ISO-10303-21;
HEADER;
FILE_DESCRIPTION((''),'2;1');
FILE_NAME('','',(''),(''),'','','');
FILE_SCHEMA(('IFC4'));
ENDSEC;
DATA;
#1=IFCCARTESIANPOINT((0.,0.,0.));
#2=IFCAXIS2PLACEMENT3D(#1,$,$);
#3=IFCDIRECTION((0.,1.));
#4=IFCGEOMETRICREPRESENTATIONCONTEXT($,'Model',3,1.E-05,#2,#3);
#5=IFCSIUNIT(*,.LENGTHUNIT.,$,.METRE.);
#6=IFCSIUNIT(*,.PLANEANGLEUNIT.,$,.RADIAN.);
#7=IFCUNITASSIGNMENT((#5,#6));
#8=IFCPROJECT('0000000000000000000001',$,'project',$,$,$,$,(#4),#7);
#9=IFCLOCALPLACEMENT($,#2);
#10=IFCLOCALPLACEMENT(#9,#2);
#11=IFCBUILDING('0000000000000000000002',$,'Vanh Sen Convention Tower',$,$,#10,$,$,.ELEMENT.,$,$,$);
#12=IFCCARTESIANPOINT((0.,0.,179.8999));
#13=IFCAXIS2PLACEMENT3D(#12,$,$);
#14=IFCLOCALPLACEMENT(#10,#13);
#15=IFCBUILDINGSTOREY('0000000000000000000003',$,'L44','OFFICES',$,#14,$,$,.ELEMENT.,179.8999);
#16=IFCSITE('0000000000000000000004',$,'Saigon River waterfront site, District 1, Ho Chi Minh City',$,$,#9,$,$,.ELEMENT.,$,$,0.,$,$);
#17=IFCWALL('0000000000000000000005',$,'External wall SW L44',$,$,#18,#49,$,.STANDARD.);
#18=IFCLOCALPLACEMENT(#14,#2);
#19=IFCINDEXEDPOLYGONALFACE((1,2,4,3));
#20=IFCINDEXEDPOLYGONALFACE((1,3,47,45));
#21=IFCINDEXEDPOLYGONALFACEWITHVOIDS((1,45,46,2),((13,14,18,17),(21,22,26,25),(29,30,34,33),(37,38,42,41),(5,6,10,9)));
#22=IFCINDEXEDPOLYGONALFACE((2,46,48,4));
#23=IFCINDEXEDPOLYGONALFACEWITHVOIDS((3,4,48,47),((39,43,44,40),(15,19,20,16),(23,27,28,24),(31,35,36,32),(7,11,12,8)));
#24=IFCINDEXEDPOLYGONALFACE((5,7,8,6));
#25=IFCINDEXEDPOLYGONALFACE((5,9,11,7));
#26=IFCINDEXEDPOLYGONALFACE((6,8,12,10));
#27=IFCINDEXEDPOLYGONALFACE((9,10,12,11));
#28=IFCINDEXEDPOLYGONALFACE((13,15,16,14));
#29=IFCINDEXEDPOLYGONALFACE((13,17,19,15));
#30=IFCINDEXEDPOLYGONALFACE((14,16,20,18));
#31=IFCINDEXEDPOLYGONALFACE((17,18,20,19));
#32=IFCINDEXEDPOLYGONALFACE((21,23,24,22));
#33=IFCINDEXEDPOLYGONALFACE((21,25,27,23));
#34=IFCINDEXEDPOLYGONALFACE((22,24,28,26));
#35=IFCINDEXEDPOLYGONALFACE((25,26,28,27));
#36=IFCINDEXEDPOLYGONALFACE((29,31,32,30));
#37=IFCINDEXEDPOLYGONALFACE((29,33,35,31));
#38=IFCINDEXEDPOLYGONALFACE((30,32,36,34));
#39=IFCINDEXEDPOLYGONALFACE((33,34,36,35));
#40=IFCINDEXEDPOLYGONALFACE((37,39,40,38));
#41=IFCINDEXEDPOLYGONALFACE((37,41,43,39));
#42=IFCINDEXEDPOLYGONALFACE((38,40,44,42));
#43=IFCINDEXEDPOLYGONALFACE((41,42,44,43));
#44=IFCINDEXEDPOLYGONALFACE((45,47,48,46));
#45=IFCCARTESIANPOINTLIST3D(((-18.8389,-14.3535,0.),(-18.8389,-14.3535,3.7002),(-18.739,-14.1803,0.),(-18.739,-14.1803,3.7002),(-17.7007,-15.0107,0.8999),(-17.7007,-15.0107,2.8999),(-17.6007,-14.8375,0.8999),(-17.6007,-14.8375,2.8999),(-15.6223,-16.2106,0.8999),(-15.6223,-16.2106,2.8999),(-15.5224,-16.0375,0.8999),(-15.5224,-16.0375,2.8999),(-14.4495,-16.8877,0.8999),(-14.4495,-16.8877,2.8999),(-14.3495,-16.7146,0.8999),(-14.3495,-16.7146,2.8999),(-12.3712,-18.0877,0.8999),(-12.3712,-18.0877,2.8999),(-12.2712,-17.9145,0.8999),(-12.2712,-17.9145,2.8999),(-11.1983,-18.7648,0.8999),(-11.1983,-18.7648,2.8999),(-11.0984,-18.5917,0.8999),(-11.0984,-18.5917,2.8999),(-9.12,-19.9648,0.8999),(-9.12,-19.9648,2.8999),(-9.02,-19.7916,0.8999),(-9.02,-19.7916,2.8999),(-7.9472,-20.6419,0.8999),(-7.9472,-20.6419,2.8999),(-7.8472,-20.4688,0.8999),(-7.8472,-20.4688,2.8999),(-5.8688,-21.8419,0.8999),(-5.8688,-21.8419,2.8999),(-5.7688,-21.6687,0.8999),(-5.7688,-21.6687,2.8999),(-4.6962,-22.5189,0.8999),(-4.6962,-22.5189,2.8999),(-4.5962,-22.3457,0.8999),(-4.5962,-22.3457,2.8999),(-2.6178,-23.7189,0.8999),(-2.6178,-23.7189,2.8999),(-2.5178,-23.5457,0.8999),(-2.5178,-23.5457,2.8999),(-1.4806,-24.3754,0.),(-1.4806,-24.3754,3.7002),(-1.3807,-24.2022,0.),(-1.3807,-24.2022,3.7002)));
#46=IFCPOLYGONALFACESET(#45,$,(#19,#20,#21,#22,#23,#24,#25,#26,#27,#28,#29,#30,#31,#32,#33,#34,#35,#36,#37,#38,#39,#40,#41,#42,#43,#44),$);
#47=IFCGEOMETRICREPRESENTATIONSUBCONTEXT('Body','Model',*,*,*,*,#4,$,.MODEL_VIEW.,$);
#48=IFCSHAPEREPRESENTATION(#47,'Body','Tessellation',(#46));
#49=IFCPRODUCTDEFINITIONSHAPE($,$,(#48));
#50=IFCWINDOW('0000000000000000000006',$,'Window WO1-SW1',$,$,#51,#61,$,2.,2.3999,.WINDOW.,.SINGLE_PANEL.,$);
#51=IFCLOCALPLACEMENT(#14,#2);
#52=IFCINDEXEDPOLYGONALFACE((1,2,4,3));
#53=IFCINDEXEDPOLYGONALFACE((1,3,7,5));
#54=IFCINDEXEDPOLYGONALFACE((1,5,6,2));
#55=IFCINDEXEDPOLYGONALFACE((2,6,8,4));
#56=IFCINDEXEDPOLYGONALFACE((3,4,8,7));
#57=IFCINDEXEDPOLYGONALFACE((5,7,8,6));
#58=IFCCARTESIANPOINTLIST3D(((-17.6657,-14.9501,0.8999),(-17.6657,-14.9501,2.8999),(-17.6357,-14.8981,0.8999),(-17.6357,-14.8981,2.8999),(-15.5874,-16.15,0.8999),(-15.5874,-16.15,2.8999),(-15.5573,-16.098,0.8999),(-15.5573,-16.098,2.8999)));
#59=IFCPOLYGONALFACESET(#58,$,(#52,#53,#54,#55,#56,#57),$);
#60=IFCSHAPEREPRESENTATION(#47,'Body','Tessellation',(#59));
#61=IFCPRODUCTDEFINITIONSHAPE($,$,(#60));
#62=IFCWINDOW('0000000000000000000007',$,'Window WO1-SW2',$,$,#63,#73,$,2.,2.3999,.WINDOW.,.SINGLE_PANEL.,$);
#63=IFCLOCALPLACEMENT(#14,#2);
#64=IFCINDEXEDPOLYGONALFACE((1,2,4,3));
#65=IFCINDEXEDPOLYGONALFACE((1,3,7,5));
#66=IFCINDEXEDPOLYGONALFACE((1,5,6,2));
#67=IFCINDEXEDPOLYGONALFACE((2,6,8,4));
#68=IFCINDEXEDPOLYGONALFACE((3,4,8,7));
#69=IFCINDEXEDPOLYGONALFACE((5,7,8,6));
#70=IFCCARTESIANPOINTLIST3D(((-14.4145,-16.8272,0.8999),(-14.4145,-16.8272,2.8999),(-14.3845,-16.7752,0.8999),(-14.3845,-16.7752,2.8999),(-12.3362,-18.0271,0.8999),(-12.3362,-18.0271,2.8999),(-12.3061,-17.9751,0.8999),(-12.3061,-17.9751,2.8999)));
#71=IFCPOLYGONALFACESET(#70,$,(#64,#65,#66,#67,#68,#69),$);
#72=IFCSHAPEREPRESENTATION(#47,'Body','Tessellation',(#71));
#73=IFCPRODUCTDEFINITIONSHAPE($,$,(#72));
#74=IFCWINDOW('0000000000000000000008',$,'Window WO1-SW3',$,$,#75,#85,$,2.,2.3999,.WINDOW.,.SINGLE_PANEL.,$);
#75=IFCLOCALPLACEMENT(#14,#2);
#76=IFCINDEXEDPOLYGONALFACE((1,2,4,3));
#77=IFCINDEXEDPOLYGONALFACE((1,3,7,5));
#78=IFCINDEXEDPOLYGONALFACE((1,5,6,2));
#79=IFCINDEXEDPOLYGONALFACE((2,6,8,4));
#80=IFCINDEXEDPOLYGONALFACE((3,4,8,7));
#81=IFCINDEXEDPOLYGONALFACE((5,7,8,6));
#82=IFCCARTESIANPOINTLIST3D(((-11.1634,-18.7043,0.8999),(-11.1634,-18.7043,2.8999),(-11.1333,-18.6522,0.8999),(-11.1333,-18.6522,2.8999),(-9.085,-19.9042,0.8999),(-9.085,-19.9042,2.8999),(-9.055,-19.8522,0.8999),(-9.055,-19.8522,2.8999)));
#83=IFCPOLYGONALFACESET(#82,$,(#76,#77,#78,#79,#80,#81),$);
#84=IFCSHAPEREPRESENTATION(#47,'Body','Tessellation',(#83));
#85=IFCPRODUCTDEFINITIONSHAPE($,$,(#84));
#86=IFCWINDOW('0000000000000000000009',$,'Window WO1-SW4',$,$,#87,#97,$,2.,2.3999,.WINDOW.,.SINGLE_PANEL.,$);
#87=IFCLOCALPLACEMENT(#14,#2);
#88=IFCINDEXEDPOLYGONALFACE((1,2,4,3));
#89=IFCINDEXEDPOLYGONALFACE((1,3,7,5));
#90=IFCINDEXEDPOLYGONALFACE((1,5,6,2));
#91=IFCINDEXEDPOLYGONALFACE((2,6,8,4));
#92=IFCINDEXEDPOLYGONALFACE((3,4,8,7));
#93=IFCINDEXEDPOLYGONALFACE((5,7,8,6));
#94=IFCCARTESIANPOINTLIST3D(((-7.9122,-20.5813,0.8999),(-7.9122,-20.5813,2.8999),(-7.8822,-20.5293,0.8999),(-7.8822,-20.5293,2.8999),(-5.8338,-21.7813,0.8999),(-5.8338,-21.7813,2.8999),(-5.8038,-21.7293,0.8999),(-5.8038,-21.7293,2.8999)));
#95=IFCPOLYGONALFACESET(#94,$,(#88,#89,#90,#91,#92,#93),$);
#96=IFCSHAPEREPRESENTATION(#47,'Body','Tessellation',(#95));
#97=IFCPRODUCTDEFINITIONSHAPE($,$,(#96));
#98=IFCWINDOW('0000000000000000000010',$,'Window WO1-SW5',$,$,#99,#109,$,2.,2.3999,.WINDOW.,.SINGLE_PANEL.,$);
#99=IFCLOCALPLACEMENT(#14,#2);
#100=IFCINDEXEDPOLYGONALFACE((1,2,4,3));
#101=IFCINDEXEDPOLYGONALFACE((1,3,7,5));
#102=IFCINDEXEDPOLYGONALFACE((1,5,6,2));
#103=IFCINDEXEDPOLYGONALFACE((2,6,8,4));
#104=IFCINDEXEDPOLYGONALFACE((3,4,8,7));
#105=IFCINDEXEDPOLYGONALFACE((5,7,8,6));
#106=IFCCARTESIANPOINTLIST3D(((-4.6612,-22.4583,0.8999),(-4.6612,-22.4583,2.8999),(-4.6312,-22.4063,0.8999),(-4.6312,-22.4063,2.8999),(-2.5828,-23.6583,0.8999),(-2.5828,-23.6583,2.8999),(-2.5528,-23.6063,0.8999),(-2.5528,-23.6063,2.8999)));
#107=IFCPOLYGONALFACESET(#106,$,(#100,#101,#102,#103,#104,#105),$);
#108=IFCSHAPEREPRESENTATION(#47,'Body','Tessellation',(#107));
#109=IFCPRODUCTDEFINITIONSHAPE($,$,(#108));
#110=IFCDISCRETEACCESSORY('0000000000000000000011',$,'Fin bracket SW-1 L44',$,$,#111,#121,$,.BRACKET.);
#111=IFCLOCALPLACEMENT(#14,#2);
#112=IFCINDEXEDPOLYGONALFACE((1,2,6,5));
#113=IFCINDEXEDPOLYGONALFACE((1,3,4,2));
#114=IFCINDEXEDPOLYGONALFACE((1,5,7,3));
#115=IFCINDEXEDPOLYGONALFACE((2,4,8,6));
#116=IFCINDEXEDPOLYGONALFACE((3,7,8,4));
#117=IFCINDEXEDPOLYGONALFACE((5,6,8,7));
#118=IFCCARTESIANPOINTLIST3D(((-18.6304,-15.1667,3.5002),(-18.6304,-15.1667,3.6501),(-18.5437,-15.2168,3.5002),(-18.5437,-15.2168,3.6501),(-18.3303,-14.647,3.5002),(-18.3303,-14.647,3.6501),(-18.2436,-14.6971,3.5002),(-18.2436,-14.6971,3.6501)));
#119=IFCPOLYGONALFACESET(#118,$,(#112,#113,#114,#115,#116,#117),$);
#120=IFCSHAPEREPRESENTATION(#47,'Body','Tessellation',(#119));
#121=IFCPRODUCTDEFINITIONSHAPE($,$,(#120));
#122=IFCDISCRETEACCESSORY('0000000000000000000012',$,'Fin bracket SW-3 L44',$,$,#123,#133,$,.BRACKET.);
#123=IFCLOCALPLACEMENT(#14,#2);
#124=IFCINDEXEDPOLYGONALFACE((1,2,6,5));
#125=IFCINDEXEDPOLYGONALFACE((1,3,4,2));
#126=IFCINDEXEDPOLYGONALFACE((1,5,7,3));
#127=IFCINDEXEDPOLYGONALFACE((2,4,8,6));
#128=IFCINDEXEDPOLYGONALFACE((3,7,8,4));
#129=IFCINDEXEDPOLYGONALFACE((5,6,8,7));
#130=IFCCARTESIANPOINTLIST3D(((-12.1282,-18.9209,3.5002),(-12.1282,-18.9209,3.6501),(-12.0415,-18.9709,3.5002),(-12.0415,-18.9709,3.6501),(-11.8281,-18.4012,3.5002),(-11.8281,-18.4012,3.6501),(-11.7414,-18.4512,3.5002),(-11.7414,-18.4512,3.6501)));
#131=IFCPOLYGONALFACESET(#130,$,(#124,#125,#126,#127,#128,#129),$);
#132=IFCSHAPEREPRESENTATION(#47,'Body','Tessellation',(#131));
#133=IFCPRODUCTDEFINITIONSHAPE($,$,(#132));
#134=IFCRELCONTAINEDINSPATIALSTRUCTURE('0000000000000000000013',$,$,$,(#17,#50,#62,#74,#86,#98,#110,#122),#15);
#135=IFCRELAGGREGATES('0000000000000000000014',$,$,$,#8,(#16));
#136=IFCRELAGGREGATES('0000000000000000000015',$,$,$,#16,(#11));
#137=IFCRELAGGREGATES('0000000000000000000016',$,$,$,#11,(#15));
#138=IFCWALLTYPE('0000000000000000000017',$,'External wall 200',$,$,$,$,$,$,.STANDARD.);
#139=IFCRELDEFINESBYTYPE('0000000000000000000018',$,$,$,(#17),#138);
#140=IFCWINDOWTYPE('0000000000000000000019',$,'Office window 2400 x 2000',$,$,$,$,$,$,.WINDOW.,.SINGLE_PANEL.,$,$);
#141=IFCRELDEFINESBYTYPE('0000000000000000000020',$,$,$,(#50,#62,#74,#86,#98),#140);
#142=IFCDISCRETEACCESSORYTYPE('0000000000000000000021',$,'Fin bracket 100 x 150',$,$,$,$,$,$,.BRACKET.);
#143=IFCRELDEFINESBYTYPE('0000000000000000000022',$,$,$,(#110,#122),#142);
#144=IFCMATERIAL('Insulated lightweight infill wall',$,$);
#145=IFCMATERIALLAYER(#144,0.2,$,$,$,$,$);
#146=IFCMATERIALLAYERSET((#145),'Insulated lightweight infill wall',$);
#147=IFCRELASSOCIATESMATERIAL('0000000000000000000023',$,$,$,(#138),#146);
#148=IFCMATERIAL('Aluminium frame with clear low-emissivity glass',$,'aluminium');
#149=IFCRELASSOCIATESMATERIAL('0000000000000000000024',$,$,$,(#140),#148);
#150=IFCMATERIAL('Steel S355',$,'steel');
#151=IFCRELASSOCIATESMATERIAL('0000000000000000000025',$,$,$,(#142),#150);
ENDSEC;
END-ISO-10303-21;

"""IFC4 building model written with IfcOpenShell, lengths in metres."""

from ifc_helpers import new_model, si_unit, direction, frame, frame_2d, origin, origin_2d, place, context, subcontext, project, spatial, rectangle, extrude, material, layer, layer_set, type_object, element, fill, save


model = new_model("IFC4")

# Units and contexts
model_context = context("Model", 3, precision=1e-05, world=origin(), true_north=direction((0.0, 1.0)))
body_context = subcontext(model_context, "Body", "Model", "MODEL_VIEW")
ifc_project = project(units=[si_unit("LENGTHUNIT", "METRE"), si_unit("PLANEANGLEUNIT", "RADIAN")], contexts=[model_context])

# Site, building, storey
site_placement = place(None, origin())
site = spatial("IfcSite", under=ifc_project, at=site_placement, Name="Saigon River waterfront site, District 1, Ho Chi Minh City", CompositionType="ELEMENT", RefElevation=0.0)
building_placement = place(site_placement, origin())
building = spatial("IfcBuilding", under=site, at=building_placement, Name="Vanh Sen Convention Tower", CompositionType="ELEMENT")
storey_placement = place(building_placement, frame((0.0, 0.0, 179.8999)))
storey = spatial("IfcBuildingStorey", under=building, at=storey_placement, Name="L44", Description="OFFICES", CompositionType="ELEMENT", Elevation=179.8999)

# Wall, openings, windows
ifc_material_1 = material(Name="Insulated lightweight infill wall")
ifc_layer_1 = layer(ifc_material_1, 0.2)
ifc_layer_set_1 = layer_set([ifc_layer_1], Name="Insulated lightweight infill wall")
wall_type_1 = type_object("IfcWallType", Name="External wall 200", PredefinedType="STANDARD", material=ifc_layer_set_1)
wall_1_placement = place(storey_placement, frame((-18.7891, -14.2668, 0.0), z_axis=(0.0, 0.0, 1.0), x_axis=(0.866023, -0.500004, 0.0)))
wall_1 = element("IfcWall", 1, at=wall_1_placement, inside=storey, type_object=wall_type_1, Name="External wall SW L44", PredefinedType="STANDARD", context=body_context, shape_type="SweptSolid", body=[
    extrude(rectangle(XDim=20.0437, YDim=0.2, at=frame_2d((10.022, 0.0))), origin(), (0.0, 0.0, 1.0), 3.7002),
])
opening_1_placement = place(wall_1_placement, frame((1.3145, 0.0, 0.8999)))
opening_1 = element("IfcOpeningElement", 2, at=opening_1_placement, cuts=wall_1, PredefinedType="OPENING", context=body_context, shape_type="SweptSolid", body=[
    extrude(rectangle(XDim=2.3999, YDim=2.0, at=frame_2d((1.2, 1.0))), frame((0.0, 0.1099, 0.0), z_axis=(0.0, -1.0, 0.0), x_axis=(1.0, 0.0, 0.0)), (0.0, 0.0, 1.0), 0.22),
])
opening_2_placement = place(wall_1_placement, frame((5.0686, 0.0, 0.8999)))
opening_2 = element("IfcOpeningElement", 3, at=opening_2_placement, cuts=wall_1, PredefinedType="OPENING", context=body_context, shape_type="SweptSolid", body=[
    extrude(rectangle(XDim=2.3999, YDim=2.0, at=frame_2d((1.2, 1.0))), frame((0.0, 0.1099, 0.0), z_axis=(0.0, -1.0, 0.0), x_axis=(1.0, 0.0, 0.0)), (0.0, 0.0, 1.0), 0.22),
])
opening_3_placement = place(wall_1_placement, frame((8.8228, 0.0, 0.8999)))
opening_3 = element("IfcOpeningElement", 4, at=opening_3_placement, cuts=wall_1, PredefinedType="OPENING", context=body_context, shape_type="SweptSolid", body=[
    extrude(rectangle(XDim=2.3999, YDim=2.0, at=frame_2d((1.2, 1.0))), frame((0.0, 0.1099, 0.0), z_axis=(0.0, -1.0, 0.0), x_axis=(1.0, 0.0, 0.0)), (0.0, 0.0, 1.0), 0.22),
])
opening_4_placement = place(wall_1_placement, frame((12.5769, 0.0, 0.8999)))
opening_4 = element("IfcOpeningElement", 5, at=opening_4_placement, cuts=wall_1, PredefinedType="OPENING", context=body_context, shape_type="SweptSolid", body=[
    extrude(rectangle(XDim=2.3999, YDim=2.0, at=frame_2d((1.2, 1.0))), frame((0.0, 0.1099, 0.0), z_axis=(0.0, -1.0, 0.0), x_axis=(1.0, 0.0, 0.0)), (0.0, 0.0, 1.0), 0.22),
])
opening_5_placement = place(wall_1_placement, frame((16.3308, 0.0, 0.8999)))
opening_5 = element("IfcOpeningElement", 6, at=opening_5_placement, cuts=wall_1, PredefinedType="OPENING", context=body_context, shape_type="SweptSolid", body=[
    extrude(rectangle(XDim=2.3999, YDim=2.0, at=frame_2d((1.2, 1.0))), frame((0.0, 0.1099, 0.0), z_axis=(0.0, -1.0, 0.0), x_axis=(1.0, 0.0, 0.0)), (0.0, 0.0, 1.0), 0.22),
])
ifc_material_2 = material(Name="Aluminium frame with clear low-emissivity glass", Category="aluminium")
window_type = type_object("IfcWindowType", Name="Office window 2400 x 2000", PartitioningType="SINGLE_PANEL", PredefinedType="WINDOW", material=ifc_material_2)
window_1_placement = place(opening_1_placement, origin())
window_1 = element("IfcWindow", 7, at=window_1_placement, inside=storey, type_object=window_type, Name="Window WO1-SW1", OverallHeight=2.0, OverallWidth=2.3999, PartitioningType="SINGLE_PANEL", PredefinedType="WINDOW", context=body_context, shape_type="SweptSolid", body=[
    extrude(rectangle(XDim=2.3999, YDim=2.0, at=frame_2d((1.2, 1.0))), frame((0.0, 0.03, 0.0), z_axis=(0.0, -1.0, 0.0), x_axis=(1.0, 0.0, 0.0)), (0.0, 0.0, 1.0), 0.0601),
])
fill(opening_1, window_1)
window_2_placement = place(opening_2_placement, origin())
window_2 = element("IfcWindow", 8, at=window_2_placement, inside=storey, type_object=window_type, Name="Window WO1-SW2", OverallHeight=2.0, OverallWidth=2.3999, PartitioningType="SINGLE_PANEL", PredefinedType="WINDOW", context=body_context, shape_type="SweptSolid", body=[
    extrude(rectangle(XDim=2.3999, YDim=2.0, at=frame_2d((1.2, 1.0))), frame((0.0, 0.03, 0.0), z_axis=(0.0, -1.0, 0.0), x_axis=(1.0, 0.0, 0.0)), (0.0, 0.0, 1.0), 0.0601),
])
fill(opening_2, window_2)
window_3_placement = place(opening_3_placement, origin())
window_3 = element("IfcWindow", 9, at=window_3_placement, inside=storey, type_object=window_type, Name="Window WO1-SW3", OverallHeight=2.0, OverallWidth=2.3999, PartitioningType="SINGLE_PANEL", PredefinedType="WINDOW", context=body_context, shape_type="SweptSolid", body=[
    extrude(rectangle(XDim=2.3999, YDim=2.0, at=frame_2d((1.2, 1.0))), frame((0.0, 0.03, 0.0), z_axis=(0.0, -1.0, 0.0), x_axis=(1.0, 0.0, 0.0)), (0.0, 0.0, 1.0), 0.0601),
])
fill(opening_3, window_3)
window_4_placement = place(opening_4_placement, origin())
window_4 = element("IfcWindow", 10, at=window_4_placement, inside=storey, type_object=window_type, Name="Window WO1-SW4", OverallHeight=2.0, OverallWidth=2.3999, PartitioningType="SINGLE_PANEL", PredefinedType="WINDOW", context=body_context, shape_type="SweptSolid", body=[
    extrude(rectangle(XDim=2.3999, YDim=2.0, at=frame_2d((1.2, 1.0))), frame((0.0, 0.03, 0.0), z_axis=(0.0, -1.0, 0.0), x_axis=(1.0, 0.0, 0.0)), (0.0, 0.0, 1.0), 0.0601),
])
fill(opening_4, window_4)
window_5_placement = place(opening_5_placement, origin())
window_5 = element("IfcWindow", 11, at=window_5_placement, inside=storey, type_object=window_type, Name="Window WO1-SW5", OverallHeight=2.0, OverallWidth=2.3999, PartitioningType="SINGLE_PANEL", PredefinedType="WINDOW", context=body_context, shape_type="SweptSolid", body=[
    extrude(rectangle(XDim=2.3999, YDim=2.0, at=frame_2d((1.2, 1.0))), frame((0.0, 0.03, 0.0), z_axis=(0.0, -1.0, 0.0), x_axis=(1.0, 0.0, 0.0)), (0.0, 0.0, 1.0), 0.0601),
])
fill(opening_5, window_5)

# Discrete accessories
ifc_material_3 = material(Name="Steel S355", Category="steel")
discrete_accessory_type = type_object("IfcDiscreteAccessoryType", Name="Fin bracket 100 x 150", PredefinedType="BRACKET", material=ifc_material_3)
for number, where, z_axis, x_axis, name in (
    (12, (-18.437, -14.9319, 3.5002), (0.0, 0.0, 1.0), (-0.5, -0.866025, 0.0), "Fin bracket SW-1 L44"),
    (13, (-11.9348, -18.686, 3.5002), (0.0, 0.0, 1.0), (-0.5, -0.866025, 0.0), "Fin bracket SW-3 L44"),
):
    element("IfcDiscreteAccessory", number, at=place(storey_placement, frame(where, z_axis=z_axis, x_axis=x_axis)), inside=storey, type_object=discrete_accessory_type, Name=name, PredefinedType="BRACKET", context=body_context, shape_type="SweptSolid", body=[
        extrude(rectangle(XDim=0.6001, YDim=0.1001, at=origin_2d()), origin(), (0.0, 0.0, 1.0), 0.1499),
    ])

save(model, "model.ifc")
